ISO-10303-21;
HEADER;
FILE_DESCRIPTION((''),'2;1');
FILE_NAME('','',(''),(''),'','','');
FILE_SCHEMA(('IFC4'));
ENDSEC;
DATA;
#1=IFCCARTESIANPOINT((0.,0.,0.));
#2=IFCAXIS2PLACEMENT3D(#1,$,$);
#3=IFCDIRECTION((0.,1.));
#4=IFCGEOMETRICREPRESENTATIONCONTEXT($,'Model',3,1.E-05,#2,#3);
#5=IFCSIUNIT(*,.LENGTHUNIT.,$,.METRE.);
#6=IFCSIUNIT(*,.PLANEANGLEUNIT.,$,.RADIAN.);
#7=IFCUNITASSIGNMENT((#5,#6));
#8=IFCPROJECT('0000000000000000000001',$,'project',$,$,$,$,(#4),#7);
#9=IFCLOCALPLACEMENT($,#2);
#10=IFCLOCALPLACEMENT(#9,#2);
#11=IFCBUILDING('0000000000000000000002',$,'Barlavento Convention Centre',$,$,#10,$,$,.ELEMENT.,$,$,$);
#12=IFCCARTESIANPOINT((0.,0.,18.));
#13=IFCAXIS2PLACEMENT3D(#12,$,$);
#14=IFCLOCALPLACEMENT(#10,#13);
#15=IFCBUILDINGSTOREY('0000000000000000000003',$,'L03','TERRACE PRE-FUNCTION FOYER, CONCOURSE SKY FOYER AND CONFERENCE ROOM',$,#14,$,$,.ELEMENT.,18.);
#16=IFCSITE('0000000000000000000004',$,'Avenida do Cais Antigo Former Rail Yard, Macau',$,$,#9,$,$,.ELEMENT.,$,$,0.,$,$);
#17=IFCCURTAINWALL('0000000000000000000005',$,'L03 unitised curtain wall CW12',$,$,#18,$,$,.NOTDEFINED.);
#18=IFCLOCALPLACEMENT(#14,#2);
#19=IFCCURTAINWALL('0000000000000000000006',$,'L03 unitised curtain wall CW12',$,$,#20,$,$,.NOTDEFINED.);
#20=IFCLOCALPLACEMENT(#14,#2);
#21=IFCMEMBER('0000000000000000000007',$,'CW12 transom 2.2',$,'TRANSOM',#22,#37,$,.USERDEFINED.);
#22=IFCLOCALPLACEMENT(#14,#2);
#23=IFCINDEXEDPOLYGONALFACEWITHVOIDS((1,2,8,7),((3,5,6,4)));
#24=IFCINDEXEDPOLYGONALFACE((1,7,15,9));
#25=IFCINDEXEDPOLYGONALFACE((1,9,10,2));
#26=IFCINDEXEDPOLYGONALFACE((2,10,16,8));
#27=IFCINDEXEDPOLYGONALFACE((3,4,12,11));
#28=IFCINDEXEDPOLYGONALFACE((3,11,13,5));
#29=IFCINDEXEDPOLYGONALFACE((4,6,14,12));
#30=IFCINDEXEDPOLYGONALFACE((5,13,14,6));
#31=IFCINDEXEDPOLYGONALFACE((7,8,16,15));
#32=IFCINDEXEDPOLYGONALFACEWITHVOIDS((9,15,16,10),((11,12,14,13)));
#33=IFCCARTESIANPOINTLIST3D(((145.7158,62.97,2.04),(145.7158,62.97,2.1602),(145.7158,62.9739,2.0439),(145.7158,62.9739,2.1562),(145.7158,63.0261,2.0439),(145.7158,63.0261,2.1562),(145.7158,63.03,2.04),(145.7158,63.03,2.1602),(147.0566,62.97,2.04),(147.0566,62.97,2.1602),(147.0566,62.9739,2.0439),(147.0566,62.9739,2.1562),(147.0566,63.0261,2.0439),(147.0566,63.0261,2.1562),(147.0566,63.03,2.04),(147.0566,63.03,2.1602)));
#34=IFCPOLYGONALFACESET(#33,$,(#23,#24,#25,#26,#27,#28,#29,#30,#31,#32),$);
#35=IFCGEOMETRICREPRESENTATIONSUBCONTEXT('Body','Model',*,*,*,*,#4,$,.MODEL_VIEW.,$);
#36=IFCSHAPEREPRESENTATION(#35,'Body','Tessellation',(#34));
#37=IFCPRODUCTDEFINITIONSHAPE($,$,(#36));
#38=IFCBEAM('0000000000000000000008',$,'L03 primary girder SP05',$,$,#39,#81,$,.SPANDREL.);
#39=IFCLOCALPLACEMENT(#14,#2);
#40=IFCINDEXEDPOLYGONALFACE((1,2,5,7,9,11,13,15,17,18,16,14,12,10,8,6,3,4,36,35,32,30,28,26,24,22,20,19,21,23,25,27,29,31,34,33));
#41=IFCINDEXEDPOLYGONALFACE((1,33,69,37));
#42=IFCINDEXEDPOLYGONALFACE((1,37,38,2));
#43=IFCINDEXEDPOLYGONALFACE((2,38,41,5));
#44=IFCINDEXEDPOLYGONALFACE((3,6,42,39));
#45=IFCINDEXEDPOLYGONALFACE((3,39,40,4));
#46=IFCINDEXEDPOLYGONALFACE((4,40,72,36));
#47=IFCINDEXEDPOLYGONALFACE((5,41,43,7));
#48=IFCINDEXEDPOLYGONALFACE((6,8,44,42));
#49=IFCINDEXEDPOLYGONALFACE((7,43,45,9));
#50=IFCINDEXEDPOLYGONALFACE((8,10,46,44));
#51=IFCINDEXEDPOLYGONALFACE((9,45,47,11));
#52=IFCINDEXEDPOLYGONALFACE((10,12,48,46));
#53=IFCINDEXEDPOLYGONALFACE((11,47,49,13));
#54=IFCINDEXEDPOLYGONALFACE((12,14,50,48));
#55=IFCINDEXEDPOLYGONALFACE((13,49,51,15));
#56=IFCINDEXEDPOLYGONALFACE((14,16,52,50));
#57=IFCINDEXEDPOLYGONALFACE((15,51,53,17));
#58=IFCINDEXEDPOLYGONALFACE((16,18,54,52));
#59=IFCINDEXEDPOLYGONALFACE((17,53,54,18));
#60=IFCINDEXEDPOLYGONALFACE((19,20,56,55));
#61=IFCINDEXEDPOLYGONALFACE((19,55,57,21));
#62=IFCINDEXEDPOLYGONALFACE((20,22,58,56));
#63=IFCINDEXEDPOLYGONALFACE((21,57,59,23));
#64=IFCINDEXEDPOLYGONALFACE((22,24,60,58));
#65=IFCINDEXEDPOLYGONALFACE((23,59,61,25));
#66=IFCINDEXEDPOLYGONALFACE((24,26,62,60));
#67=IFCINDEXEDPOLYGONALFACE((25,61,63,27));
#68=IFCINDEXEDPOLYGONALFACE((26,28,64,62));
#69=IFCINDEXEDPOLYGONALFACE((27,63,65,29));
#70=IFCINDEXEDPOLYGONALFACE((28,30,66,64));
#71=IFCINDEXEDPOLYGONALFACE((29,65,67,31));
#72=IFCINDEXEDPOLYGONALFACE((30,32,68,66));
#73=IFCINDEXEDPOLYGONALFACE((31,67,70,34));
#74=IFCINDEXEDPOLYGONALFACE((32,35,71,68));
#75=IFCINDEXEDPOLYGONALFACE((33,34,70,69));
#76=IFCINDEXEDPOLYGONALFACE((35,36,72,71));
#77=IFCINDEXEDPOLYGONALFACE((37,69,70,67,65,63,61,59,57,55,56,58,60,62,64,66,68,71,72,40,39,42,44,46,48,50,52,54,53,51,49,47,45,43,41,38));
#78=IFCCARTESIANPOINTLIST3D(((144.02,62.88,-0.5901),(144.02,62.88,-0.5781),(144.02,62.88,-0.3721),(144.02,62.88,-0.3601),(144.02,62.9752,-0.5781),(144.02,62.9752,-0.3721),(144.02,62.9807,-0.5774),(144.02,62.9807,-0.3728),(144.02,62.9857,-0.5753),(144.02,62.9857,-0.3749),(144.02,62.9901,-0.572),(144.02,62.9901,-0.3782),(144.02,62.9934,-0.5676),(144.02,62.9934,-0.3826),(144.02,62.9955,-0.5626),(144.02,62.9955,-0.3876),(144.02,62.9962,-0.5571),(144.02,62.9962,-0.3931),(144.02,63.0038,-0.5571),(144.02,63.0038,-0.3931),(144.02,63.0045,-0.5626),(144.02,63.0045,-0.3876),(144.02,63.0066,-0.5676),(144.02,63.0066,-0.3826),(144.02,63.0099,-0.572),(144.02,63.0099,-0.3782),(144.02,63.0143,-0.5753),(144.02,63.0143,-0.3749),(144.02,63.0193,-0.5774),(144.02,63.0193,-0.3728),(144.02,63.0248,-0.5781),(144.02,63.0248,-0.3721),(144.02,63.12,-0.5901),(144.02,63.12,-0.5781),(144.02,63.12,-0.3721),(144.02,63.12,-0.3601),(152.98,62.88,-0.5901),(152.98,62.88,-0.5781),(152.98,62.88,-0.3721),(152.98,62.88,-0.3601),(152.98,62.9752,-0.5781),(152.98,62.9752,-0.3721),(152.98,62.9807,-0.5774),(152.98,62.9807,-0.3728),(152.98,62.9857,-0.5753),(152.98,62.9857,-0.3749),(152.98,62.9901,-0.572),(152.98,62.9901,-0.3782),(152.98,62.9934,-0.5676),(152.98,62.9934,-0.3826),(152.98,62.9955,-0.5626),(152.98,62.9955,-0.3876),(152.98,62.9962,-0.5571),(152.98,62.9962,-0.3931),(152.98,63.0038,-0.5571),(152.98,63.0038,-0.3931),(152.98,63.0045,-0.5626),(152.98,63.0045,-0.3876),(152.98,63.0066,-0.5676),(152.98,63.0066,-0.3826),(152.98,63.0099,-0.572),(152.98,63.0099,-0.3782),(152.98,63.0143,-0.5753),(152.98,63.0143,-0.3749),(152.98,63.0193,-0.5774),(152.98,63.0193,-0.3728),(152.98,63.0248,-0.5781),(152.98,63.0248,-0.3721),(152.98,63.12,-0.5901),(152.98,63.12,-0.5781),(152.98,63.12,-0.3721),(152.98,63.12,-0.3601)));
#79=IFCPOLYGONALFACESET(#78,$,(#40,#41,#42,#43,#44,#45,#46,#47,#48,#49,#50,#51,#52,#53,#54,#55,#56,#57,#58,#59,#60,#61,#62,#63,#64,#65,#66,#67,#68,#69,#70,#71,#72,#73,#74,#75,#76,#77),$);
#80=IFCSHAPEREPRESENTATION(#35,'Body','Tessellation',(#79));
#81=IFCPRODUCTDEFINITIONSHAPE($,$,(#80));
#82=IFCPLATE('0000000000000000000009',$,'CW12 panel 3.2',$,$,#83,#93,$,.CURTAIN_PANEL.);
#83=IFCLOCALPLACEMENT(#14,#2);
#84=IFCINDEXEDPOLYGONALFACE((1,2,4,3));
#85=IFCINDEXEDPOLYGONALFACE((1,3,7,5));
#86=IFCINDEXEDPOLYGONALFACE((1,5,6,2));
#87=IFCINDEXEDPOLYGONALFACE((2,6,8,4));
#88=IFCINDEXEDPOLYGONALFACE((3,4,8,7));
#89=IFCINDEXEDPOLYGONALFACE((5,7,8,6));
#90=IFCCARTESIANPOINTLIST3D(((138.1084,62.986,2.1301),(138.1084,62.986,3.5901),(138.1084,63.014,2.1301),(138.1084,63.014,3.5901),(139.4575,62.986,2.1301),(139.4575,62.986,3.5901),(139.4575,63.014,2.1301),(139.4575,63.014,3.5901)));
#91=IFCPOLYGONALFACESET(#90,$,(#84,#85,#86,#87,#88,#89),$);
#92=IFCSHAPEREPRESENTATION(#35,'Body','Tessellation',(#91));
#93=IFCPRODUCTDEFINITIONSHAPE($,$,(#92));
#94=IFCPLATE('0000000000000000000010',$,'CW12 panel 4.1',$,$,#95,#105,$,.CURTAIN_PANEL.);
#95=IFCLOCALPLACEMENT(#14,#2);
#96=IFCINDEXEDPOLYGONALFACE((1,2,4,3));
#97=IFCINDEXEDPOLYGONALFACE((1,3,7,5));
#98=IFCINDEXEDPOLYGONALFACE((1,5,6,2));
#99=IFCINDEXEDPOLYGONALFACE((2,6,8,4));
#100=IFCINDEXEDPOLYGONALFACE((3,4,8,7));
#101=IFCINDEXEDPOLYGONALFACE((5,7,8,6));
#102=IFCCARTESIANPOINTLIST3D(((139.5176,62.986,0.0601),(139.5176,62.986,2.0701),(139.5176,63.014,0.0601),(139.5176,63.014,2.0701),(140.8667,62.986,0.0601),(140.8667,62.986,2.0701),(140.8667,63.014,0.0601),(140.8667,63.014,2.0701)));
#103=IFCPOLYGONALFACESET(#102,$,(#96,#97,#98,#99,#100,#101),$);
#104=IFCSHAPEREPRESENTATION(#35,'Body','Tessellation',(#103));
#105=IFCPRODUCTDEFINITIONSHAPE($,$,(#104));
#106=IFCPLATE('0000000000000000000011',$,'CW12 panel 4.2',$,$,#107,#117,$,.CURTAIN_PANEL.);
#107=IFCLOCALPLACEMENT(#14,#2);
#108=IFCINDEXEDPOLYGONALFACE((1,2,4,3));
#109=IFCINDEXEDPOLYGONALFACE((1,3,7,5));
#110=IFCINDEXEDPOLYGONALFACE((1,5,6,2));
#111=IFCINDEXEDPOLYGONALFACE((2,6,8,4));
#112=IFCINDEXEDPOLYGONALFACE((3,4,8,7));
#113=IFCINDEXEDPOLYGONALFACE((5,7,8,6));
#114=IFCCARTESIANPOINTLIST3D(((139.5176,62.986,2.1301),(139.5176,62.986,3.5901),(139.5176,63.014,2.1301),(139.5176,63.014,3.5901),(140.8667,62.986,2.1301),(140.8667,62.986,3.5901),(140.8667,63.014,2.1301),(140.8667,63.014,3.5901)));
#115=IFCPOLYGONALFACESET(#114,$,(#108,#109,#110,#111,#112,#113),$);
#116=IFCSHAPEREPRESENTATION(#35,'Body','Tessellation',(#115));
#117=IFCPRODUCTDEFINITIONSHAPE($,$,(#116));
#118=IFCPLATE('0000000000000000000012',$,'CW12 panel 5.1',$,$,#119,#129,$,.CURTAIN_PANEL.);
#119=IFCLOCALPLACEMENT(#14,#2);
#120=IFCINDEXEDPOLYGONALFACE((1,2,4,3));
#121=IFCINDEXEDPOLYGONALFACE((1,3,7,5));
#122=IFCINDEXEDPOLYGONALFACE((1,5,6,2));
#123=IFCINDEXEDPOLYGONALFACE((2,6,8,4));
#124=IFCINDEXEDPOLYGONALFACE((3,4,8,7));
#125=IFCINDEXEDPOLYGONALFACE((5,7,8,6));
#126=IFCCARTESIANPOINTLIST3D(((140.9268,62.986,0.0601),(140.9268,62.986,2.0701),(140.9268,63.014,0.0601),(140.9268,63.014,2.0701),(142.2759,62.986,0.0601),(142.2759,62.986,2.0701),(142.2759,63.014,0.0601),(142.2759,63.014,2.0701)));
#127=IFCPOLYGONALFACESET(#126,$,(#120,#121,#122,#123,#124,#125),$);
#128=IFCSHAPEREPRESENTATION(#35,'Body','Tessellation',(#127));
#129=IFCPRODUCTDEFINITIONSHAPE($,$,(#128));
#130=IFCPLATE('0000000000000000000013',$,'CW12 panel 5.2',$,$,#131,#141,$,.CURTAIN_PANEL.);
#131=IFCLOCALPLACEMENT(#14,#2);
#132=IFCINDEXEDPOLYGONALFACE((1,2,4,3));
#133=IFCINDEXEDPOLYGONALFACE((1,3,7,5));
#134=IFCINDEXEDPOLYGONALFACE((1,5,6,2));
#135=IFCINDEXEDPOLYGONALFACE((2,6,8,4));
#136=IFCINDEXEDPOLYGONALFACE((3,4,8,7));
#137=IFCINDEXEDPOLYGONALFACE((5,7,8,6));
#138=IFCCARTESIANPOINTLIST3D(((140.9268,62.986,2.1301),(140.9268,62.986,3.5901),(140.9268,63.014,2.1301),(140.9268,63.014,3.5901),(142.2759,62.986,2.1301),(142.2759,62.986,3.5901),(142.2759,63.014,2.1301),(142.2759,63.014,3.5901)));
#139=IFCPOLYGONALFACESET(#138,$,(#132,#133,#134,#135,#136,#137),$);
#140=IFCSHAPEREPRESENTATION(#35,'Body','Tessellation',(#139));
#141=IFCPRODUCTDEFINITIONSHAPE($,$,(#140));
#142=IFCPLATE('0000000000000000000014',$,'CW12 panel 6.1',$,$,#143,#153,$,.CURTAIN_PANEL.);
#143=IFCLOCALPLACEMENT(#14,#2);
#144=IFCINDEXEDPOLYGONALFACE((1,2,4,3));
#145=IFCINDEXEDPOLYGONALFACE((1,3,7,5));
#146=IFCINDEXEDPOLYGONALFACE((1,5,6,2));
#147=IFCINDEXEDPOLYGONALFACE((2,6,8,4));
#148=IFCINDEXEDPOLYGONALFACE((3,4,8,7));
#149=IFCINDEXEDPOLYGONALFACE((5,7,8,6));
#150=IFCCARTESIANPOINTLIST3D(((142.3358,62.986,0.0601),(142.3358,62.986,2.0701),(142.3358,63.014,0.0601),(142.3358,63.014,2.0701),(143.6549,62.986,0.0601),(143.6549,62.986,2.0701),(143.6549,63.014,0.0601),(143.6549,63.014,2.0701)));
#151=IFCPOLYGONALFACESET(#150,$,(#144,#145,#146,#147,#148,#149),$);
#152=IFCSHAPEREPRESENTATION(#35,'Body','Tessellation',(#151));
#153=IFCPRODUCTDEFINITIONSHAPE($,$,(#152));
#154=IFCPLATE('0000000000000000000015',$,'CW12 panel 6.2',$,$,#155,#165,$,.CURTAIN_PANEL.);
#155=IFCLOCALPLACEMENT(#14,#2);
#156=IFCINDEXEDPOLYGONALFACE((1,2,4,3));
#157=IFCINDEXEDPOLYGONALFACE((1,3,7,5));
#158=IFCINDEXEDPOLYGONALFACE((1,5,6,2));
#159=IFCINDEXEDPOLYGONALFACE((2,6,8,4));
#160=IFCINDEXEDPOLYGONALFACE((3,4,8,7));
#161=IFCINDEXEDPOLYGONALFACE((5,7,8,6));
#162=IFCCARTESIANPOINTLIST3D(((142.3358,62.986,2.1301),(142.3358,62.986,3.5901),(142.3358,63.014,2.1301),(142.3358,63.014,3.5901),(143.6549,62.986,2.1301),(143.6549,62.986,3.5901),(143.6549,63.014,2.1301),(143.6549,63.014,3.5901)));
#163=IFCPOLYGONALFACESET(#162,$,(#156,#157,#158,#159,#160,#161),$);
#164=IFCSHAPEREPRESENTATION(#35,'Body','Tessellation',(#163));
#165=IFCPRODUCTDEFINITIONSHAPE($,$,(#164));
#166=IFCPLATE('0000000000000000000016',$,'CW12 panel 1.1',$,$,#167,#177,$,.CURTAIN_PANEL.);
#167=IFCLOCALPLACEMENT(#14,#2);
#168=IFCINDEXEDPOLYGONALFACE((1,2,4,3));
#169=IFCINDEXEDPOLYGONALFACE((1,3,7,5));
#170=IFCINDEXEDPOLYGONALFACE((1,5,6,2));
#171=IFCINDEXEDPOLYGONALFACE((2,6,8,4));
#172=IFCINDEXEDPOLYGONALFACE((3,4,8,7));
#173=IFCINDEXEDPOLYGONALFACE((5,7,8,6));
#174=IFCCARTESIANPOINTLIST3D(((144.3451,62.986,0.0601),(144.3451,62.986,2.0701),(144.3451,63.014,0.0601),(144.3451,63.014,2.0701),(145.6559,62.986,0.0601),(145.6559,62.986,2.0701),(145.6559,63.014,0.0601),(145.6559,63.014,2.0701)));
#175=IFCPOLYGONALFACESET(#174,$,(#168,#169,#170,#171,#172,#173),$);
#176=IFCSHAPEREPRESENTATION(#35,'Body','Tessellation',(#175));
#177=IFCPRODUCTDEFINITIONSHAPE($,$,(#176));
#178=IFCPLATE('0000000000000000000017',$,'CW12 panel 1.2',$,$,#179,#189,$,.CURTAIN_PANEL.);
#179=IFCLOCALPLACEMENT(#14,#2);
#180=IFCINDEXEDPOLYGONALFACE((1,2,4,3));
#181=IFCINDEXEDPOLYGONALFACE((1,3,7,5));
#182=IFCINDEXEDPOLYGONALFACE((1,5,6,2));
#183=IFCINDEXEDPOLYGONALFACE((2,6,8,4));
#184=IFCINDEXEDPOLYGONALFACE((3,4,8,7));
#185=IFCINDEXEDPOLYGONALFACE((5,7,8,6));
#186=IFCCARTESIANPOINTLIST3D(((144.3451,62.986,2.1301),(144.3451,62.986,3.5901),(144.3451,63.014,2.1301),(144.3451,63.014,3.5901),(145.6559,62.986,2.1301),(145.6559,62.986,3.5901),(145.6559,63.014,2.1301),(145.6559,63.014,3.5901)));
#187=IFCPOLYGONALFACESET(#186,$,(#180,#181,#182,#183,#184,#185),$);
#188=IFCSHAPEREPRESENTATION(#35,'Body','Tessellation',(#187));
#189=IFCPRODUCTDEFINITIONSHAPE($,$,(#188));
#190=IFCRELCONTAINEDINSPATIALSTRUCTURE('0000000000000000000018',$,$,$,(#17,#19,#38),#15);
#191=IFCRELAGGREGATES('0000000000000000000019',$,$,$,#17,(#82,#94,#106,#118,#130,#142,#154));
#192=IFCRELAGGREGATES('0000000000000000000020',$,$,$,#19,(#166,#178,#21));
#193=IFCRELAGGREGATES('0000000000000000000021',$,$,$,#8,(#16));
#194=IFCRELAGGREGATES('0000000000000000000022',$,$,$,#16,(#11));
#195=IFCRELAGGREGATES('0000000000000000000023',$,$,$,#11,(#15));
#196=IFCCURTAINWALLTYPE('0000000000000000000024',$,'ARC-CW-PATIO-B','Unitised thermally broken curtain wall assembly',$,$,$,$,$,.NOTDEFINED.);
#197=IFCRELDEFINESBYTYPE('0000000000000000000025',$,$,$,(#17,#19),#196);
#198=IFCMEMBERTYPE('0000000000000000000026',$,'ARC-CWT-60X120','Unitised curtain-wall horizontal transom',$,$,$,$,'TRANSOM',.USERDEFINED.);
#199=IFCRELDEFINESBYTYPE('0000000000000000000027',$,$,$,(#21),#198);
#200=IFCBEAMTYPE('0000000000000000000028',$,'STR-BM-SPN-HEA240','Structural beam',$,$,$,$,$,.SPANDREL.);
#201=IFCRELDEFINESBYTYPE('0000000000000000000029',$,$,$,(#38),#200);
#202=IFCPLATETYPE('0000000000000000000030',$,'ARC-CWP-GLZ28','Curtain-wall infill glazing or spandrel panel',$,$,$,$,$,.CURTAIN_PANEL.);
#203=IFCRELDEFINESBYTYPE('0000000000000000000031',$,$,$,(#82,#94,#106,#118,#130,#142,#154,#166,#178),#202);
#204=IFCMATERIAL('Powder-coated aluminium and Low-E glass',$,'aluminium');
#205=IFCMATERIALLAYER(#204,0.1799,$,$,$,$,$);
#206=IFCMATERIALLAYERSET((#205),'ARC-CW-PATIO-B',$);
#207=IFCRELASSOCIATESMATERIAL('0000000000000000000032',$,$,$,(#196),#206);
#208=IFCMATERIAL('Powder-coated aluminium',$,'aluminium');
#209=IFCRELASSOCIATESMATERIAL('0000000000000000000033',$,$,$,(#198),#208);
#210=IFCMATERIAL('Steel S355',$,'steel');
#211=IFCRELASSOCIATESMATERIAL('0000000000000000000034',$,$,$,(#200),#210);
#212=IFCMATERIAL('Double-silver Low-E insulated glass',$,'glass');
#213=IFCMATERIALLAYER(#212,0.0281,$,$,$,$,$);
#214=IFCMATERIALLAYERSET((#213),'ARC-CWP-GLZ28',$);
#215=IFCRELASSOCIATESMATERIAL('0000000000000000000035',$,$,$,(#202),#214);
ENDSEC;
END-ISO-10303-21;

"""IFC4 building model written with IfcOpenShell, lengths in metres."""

from ifc_helpers import new_model, si_unit, direction, frame, origin, origin_2d, place, context, subcontext, project, spatial, rectangle, hollow_rectangle, i_section, extrude, material, layer, layer_set, material_profile, profile_set, type_object, element, aggregate, save


model = new_model("IFC4")

# Units and contexts
model_context = context("Model", 3, precision=1e-05, world=origin(), true_north=direction((0.0, 1.0)))
body_context = subcontext(model_context, "Body", "Model", "MODEL_VIEW")
ifc_project = project(units=[si_unit("LENGTHUNIT", "METRE"), si_unit("PLANEANGLEUNIT", "RADIAN")], contexts=[model_context])

# Site, building, storey
site_placement = place(None, origin())
site = spatial("IfcSite", under=ifc_project, at=site_placement, Name="Avenida do Cais Antigo Former Rail Yard, Macau", CompositionType="ELEMENT", RefElevation=0.0)
building_placement = place(site_placement, origin())
building = spatial("IfcBuilding", under=site, at=building_placement, Name="Barlavento Convention Centre", CompositionType="ELEMENT")
storey_placement = place(building_placement, frame((0.0, 0.0, 18.0)))
storey = spatial("IfcBuildingStorey", under=building, at=storey_placement, Name="L03", Description="TERRACE PRE-FUNCTION FOYER, CONCOURSE SKY FOYER AND CONFERENCE ROOM", CompositionType="ELEMENT", Elevation=18.0)

# Shared definitions
ifc_material_1 = material(Name="Steel S355", Category="steel")

# Curtain walls
ifc_material_2 = material(Name="Powder-coated aluminium and Low-E glass", Category="aluminium")
ifc_layer_1 = layer(ifc_material_2, 0.1799)
ifc_layer_set_1 = layer_set([ifc_layer_1], Name="ARC-CW-PATIO-B")
curtain_wall_type = type_object("IfcCurtainWallType", Name="ARC-CW-PATIO-B", Description="Unitised thermally broken curtain wall assembly", PredefinedType="NOTDEFINED", material=ifc_layer_set_1)
curtain_wall_1_placement = place(storey_placement, origin())
curtain_wall_1 = element("IfcCurtainWall", 1, at=curtain_wall_1_placement, inside=storey, type_object=curtain_wall_type, Name="L03 unitised curtain wall CW12", PredefinedType="NOTDEFINED")
ifc_material_3 = material(Name="Powder-coated aluminium", Category="aluminium")
curtain_wall_2_placement = place(storey_placement, origin())
curtain_wall_2 = element("IfcCurtainWall", 2, at=curtain_wall_2_placement, inside=storey, type_object=curtain_wall_type, Name="L03 unitised curtain wall CW12", PredefinedType="NOTDEFINED")

# Member
ifc_material_profile_1 = material_profile(ifc_material_3, hollow_rectangle(XDim=0.0601, YDim=0.1201, WallThickness=0.0039, at=origin_2d()), Name="AL-TRAN 60x120x4")
ifc_profile_set_1 = profile_set([ifc_material_profile_1], Name="Powder-coated aluminium")
member_type_1 = type_object("IfcMemberType", Name="ARC-CWT-60X120", Description="Unitised curtain-wall horizontal transom", ElementType="TRANSOM", PredefinedType="USERDEFINED", material=ifc_profile_set_1)
member_1_placement = place(storey_placement, frame((145.7158, 63.0, 2.1001), z_axis=(1.0, 0.0, 0.0), x_axis=(0.0, 1.0, 0.0)))
member_1 = element("IfcMember", 3, at=member_1_placement, type_object=member_type_1, Name="CW12 transom 2.2", ObjectType="TRANSOM", PredefinedType="USERDEFINED", context=body_context, shape_type="SweptSolid", body=[
    extrude(hollow_rectangle(XDim=0.0601, YDim=0.1201, WallThickness=0.0039, at=origin_2d()), origin(), (0.0, 0.0, 1.0), 1.3408),
])

# Beam
ifc_material_profile_2 = material_profile(ifc_material_1, i_section(OverallWidth=0.24, OverallDepth=0.23, WebThickness=0.0076, FlangeThickness=0.012, FilletRadius=0.021, at=origin_2d()), Name="HEA 240")
ifc_profile_set_2 = profile_set([ifc_material_profile_2], Name="Steel S355")
beam_type = type_object("IfcBeamType", Name="STR-BM-SPN-HEA240", Description="Structural beam", PredefinedType="SPANDREL", material=ifc_profile_set_2)
beam_placement = place(storey_placement, frame((144.02, 63.0, -0.4751), z_axis=(1.0, 0.0, 0.0), x_axis=(0.0, 1.0, 0.0)))
element("IfcBeam", 4, at=beam_placement, inside=storey, type_object=beam_type, Name="L03 primary girder SP05", PredefinedType="SPANDREL", context=body_context, shape_type="SweptSolid", body=[
    extrude(i_section(OverallWidth=0.24, OverallDepth=0.23, WebThickness=0.0076, FlangeThickness=0.012, FilletRadius=0.021, at=origin_2d()), origin(), (0.0, 0.0, 1.0), 8.96),
])

# Plates
ifc_material_4 = material(Name="Double-silver Low-E insulated glass", Category="glass")
ifc_layer_2 = layer(ifc_material_4, 0.0281)
ifc_layer_set_2 = layer_set([ifc_layer_2], Name="ARC-CWP-GLZ28")
plate_type = type_object("IfcPlateType", Name="ARC-CWP-GLZ28", Description="Curtain-wall infill glazing or spandrel panel", PredefinedType="CURTAIN_PANEL", material=ifc_layer_set_2)
plate_1_placement = place(storey_placement, frame((138.783, 63.0, 2.1301), z_axis=(0.0, 0.0, 1.0), x_axis=(1.0, 0.0, 0.0)))
plate_1 = element("IfcPlate", 5, at=plate_1_placement, type_object=plate_type, Name="CW12 panel 3.2", PredefinedType="CURTAIN_PANEL", context=body_context, shape_type="SweptSolid", body=[
    extrude(rectangle(XDim=1.3491, YDim=0.0281, at=origin_2d()), origin(), (0.0, 0.0, 1.0), 1.46),
])
plate_2_placement = place(storey_placement, frame((140.1921, 63.0, 0.0601), z_axis=(0.0, 0.0, 1.0), x_axis=(1.0, 0.0, 0.0)))
plate_2 = element("IfcPlate", 6, at=plate_2_placement, type_object=plate_type, Name="CW12 panel 4.1", PredefinedType="CURTAIN_PANEL", context=body_context, shape_type="SweptSolid", body=[
    extrude(rectangle(XDim=1.3491, YDim=0.0281, at=origin_2d()), origin(), (0.0, 0.0, 1.0), 2.01),
])
plate_3_placement = place(storey_placement, frame((140.1921, 63.0, 2.1301), z_axis=(0.0, 0.0, 1.0), x_axis=(1.0, 0.0, 0.0)))
plate_3 = element("IfcPlate", 7, at=plate_3_placement, type_object=plate_type, Name="CW12 panel 4.2", PredefinedType="CURTAIN_PANEL", context=body_context, shape_type="SweptSolid", body=[
    extrude(rectangle(XDim=1.3491, YDim=0.0281, at=origin_2d()), origin(), (0.0, 0.0, 1.0), 1.46),
])
plate_4_placement = place(storey_placement, frame((141.6013, 63.0, 0.0601), z_axis=(0.0, 0.0, 1.0), x_axis=(1.0, 0.0, 0.0)))
plate_4 = element("IfcPlate", 8, at=plate_4_placement, type_object=plate_type, Name="CW12 panel 5.1", PredefinedType="CURTAIN_PANEL", context=body_context, shape_type="SweptSolid", body=[
    extrude(rectangle(XDim=1.3491, YDim=0.0281, at=origin_2d()), origin(), (0.0, 0.0, 1.0), 2.01),
])
plate_5_placement = place(storey_placement, frame((141.6013, 63.0, 2.1301), z_axis=(0.0, 0.0, 1.0), x_axis=(1.0, 0.0, 0.0)))
plate_5 = element("IfcPlate", 9, at=plate_5_placement, type_object=plate_type, Name="CW12 panel 5.2", PredefinedType="CURTAIN_PANEL", context=body_context, shape_type="SweptSolid", body=[
    extrude(rectangle(XDim=1.3491, YDim=0.0281, at=origin_2d()), origin(), (0.0, 0.0, 1.0), 1.46),
])
plate_6_placement = place(storey_placement, frame((142.9954, 63.0, 0.0601), z_axis=(0.0, 0.0, 1.0), x_axis=(1.0, 0.0, 0.0)))
plate_6 = element("IfcPlate", 10, at=plate_6_placement, type_object=plate_type, Name="CW12 panel 6.1", PredefinedType="CURTAIN_PANEL", context=body_context, shape_type="SweptSolid", body=[
    extrude(rectangle(XDim=1.3191, YDim=0.0281, at=origin_2d()), origin(), (0.0, 0.0, 1.0), 2.01),
])
plate_7_placement = place(storey_placement, frame((142.9954, 63.0, 2.1301), z_axis=(0.0, 0.0, 1.0), x_axis=(1.0, 0.0, 0.0)))
plate_7 = element("IfcPlate", 11, at=plate_7_placement, type_object=plate_type, Name="CW12 panel 6.2", PredefinedType="CURTAIN_PANEL", context=body_context, shape_type="SweptSolid", body=[
    extrude(rectangle(XDim=1.3191, YDim=0.0281, at=origin_2d()), origin(), (0.0, 0.0, 1.0), 1.46),
])
aggregate(curtain_wall_1, [plate_1, plate_2, plate_3, plate_4, plate_5, plate_6, plate_7])
plate_8_placement = place(storey_placement, frame((145.0005, 63.0, 0.0601), z_axis=(0.0, 0.0, 1.0), x_axis=(1.0, 0.0, 0.0)))
plate_8 = element("IfcPlate", 12, at=plate_8_placement, type_object=plate_type, Name="CW12 panel 1.1", PredefinedType="CURTAIN_PANEL", context=body_context, shape_type="SweptSolid", body=[
    extrude(rectangle(XDim=1.3108, YDim=0.0281, at=origin_2d()), origin(), (0.0, 0.0, 1.0), 2.01),
])
plate_9_placement = place(storey_placement, frame((145.0005, 63.0, 2.1301), z_axis=(0.0, 0.0, 1.0), x_axis=(1.0, 0.0, 0.0)))
plate_9 = element("IfcPlate", 13, at=plate_9_placement, type_object=plate_type, Name="CW12 panel 1.2", PredefinedType="CURTAIN_PANEL", context=body_context, shape_type="SweptSolid", body=[
    extrude(rectangle(XDim=1.3108, YDim=0.0281, at=origin_2d()), origin(), (0.0, 0.0, 1.0), 1.46),
])
aggregate(curtain_wall_2, [plate_8, plate_9, member_1])

save(model, "model.ifc")
